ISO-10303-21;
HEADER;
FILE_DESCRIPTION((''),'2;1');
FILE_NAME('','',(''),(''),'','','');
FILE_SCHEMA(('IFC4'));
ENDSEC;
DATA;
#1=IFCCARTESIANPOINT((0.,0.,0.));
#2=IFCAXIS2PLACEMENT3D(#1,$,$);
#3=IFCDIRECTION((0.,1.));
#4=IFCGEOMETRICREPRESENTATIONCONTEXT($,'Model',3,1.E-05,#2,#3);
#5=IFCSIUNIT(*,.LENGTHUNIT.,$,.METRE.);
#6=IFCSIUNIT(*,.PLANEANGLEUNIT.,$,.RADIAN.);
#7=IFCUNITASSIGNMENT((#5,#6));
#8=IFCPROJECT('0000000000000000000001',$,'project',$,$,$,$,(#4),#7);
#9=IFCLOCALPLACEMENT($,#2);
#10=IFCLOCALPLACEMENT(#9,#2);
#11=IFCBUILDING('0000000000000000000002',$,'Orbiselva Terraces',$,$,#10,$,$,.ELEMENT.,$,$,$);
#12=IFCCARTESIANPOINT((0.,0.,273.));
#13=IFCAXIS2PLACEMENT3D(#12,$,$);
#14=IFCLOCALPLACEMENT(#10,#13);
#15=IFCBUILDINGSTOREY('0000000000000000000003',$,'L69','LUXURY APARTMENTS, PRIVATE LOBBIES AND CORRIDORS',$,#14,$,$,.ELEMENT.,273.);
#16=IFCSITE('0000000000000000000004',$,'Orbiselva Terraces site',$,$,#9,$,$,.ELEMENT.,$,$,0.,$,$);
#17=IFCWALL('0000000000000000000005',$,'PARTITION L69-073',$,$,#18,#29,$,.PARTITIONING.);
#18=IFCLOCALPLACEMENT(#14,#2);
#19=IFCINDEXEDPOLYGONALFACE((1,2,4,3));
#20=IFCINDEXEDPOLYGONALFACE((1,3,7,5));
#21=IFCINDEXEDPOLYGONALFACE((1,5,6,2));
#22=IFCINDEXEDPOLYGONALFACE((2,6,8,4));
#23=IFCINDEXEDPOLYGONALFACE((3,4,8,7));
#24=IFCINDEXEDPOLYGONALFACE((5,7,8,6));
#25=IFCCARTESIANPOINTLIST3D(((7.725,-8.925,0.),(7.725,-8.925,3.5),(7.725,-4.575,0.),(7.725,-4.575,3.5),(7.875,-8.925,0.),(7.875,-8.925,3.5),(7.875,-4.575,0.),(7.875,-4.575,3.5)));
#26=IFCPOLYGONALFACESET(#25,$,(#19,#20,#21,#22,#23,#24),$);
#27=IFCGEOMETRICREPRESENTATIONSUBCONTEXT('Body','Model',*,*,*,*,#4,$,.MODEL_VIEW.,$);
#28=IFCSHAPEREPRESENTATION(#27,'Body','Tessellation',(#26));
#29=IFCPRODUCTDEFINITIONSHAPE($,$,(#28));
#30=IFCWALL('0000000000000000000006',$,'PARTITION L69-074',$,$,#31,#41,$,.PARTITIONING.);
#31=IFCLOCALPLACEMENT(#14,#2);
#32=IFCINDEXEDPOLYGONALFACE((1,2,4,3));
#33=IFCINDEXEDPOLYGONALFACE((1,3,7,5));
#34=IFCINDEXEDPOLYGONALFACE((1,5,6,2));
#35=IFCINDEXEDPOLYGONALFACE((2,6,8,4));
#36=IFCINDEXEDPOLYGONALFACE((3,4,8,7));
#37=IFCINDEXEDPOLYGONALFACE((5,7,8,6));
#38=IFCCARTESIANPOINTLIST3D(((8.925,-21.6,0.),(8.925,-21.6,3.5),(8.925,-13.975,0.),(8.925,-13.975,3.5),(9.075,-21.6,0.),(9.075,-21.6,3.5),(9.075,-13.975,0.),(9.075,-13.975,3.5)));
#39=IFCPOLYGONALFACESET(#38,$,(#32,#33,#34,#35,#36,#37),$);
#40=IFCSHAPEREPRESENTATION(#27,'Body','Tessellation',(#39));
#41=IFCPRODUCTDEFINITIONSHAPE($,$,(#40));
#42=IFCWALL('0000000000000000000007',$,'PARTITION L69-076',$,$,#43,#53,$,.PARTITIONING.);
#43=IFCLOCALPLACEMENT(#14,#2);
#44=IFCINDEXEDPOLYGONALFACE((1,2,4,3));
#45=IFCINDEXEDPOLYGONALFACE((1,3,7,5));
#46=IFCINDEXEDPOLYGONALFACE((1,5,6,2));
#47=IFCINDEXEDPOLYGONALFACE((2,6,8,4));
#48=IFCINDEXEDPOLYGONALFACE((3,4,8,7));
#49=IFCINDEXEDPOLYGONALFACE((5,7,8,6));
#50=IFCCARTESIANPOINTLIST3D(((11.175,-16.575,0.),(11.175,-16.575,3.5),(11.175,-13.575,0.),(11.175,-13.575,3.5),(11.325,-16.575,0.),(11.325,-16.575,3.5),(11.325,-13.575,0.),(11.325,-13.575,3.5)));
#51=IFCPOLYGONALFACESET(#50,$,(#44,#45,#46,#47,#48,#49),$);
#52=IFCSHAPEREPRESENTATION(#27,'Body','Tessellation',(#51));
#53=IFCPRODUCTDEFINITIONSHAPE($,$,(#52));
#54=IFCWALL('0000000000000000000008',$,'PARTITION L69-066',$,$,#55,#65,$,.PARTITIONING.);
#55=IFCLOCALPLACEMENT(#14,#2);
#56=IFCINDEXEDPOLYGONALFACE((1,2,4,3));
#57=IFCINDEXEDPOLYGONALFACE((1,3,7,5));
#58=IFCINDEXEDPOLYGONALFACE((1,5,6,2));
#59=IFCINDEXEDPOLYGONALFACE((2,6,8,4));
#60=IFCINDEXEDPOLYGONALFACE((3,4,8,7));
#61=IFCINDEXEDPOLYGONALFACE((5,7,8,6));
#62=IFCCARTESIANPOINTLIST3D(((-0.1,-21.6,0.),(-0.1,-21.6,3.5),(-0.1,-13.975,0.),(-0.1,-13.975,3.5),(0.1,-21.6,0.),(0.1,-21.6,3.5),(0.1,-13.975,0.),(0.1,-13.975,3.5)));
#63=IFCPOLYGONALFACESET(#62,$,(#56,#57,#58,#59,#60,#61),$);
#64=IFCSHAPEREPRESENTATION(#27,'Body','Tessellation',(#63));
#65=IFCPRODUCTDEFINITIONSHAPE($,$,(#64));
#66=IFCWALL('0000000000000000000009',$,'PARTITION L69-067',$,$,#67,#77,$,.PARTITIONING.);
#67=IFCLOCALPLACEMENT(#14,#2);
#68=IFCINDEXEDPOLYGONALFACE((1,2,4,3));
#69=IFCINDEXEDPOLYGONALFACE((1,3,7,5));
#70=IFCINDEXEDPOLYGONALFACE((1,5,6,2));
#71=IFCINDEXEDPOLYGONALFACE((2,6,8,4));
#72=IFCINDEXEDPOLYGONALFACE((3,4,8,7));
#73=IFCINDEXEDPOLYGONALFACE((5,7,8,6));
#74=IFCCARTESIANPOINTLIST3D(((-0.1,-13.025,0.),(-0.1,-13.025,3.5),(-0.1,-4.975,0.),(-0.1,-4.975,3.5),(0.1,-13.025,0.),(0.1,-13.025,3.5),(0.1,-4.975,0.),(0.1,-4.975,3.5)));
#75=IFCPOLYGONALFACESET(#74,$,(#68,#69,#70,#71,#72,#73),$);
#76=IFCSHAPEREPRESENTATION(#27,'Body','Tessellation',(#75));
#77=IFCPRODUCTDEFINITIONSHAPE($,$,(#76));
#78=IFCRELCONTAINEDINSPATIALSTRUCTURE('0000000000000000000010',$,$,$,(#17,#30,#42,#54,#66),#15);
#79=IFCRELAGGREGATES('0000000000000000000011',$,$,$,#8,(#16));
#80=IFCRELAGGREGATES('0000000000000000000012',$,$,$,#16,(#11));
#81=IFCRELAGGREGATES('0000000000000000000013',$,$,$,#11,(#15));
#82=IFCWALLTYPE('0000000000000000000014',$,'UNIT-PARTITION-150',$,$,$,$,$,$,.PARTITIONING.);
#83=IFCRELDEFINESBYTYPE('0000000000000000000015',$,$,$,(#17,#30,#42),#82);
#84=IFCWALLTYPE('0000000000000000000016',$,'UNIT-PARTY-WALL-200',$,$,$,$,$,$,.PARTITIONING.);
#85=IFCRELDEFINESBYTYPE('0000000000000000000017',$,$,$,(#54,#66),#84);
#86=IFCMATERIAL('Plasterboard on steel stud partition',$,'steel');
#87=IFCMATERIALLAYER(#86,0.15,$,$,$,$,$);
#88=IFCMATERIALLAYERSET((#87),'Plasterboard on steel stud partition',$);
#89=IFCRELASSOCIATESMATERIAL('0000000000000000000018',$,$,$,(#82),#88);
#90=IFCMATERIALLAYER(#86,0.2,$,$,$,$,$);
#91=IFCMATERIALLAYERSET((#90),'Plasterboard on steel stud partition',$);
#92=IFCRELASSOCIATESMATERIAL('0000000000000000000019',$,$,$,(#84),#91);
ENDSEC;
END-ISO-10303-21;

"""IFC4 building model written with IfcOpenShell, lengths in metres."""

from ifc_helpers import new_model, si_unit, direction, frame, frame_2d, origin, place, context, subcontext, project, spatial, rectangle, extrude, material, layer, layer_set, type_object, element, save


model = new_model("IFC4")

# Units and contexts
model_context = context("Model", 3, precision=1e-05, world=origin(), true_north=direction((0.0, 1.0)))
body_context = subcontext(model_context, "Body", "Model", "MODEL_VIEW")
ifc_project = project(units=[si_unit("LENGTHUNIT", "METRE"), si_unit("PLANEANGLEUNIT", "RADIAN")], contexts=[model_context])

# Site, building, storey
site_placement = place(None, origin())
site = spatial("IfcSite", under=ifc_project, at=site_placement, Name="Orbiselva Terraces site", CompositionType="ELEMENT", RefElevation=0.0)
building_placement = place(site_placement, origin())
building = spatial("IfcBuilding", under=site, at=building_placement, Name="Orbiselva Terraces", CompositionType="ELEMENT")
storey_placement = place(building_placement, frame((0.0, 0.0, 273.0)))
storey = spatial("IfcBuildingStorey", under=building, at=storey_placement, Name="L69", Description="LUXURY APARTMENTS, PRIVATE LOBBIES AND CORRIDORS", CompositionType="ELEMENT", Elevation=273.0)

# Shared definitions
ifc_material_1 = material(Name="Plasterboard on steel stud partition", Category="steel")
ifc_layer_1 = layer(ifc_material_1, 0.15)
ifc_layer_set_1 = layer_set([ifc_layer_1], Name="Plasterboard on steel stud partition")
wall_type_1 = type_object("IfcWallType", Name="UNIT-PARTITION-150", PredefinedType="PARTITIONING", material=ifc_layer_set_1)

# Walls
wall_1_placement = place(storey_placement, frame((7.8, -8.925, 0.0), z_axis=(0.0, 0.0, 1.0), x_axis=(0.0, 1.0, 0.0)))
element("IfcWall", 1, at=wall_1_placement, inside=storey, type_object=wall_type_1, Name="PARTITION L69-073", PredefinedType="PARTITIONING", context=body_context, shape_type="SweptSolid", body=[
    extrude(rectangle(XDim=4.35, YDim=0.15, at=frame_2d((2.175, 0.0))), origin(), (0.0, 0.0, 1.0), 3.5),
])
wall_2_placement = place(storey_placement, frame((9.0, -21.6, 0.0), z_axis=(0.0, 0.0, 1.0), x_axis=(0.0, 1.0, 0.0)))
element("IfcWall", 2, at=wall_2_placement, inside=storey, type_object=wall_type_1, Name="PARTITION L69-074", PredefinedType="PARTITIONING", context=body_context, shape_type="SweptSolid", body=[
    extrude(rectangle(XDim=7.625, YDim=0.15, at=frame_2d((3.8125, 0.0))), origin(), (0.0, 0.0, 1.0), 3.5),
])
wall_3_placement = place(storey_placement, frame((11.25, -16.575, 0.0), z_axis=(0.0, 0.0, 1.0), x_axis=(0.0, 1.0, 0.0)))
element("IfcWall", 3, at=wall_3_placement, inside=storey, type_object=wall_type_1, Name="PARTITION L69-076", PredefinedType="PARTITIONING", context=body_context, shape_type="SweptSolid", body=[
    extrude(rectangle(XDim=3.0, YDim=0.15, at=frame_2d((1.5, 0.0))), origin(), (0.0, 0.0, 1.0), 3.5),
])
ifc_layer_2 = layer(ifc_material_1, 0.2)
ifc_layer_set_2 = layer_set([ifc_layer_2], Name="Plasterboard on steel stud partition")
wall_type_2 = type_object("IfcWallType", Name="UNIT-PARTY-WALL-200", PredefinedType="PARTITIONING", material=ifc_layer_set_2)
wall_4_placement = place(storey_placement, frame((0.0, -21.6, 0.0), z_axis=(0.0, 0.0, 1.0), x_axis=(0.0, 1.0, 0.0)))
element("IfcWall", 4, at=wall_4_placement, inside=storey, type_object=wall_type_2, Name="PARTITION L69-066", PredefinedType="PARTITIONING", context=body_context, shape_type="SweptSolid", body=[
    extrude(rectangle(XDim=7.625, YDim=0.2, at=frame_2d((3.8125, 0.0))), origin(), (0.0, 0.0, 1.0), 3.5),
])
wall_5_placement = place(storey_placement, frame((0.0, -13.025, 0.0), z_axis=(0.0, 0.0, 1.0), x_axis=(0.0, 1.0, 0.0)))
element("IfcWall", 5, at=wall_5_placement, inside=storey, type_object=wall_type_2, Name="PARTITION L69-067", PredefinedType="PARTITIONING", context=body_context, shape_type="SweptSolid", body=[
    extrude(rectangle(XDim=8.05, YDim=0.2, at=frame_2d((4.025, 0.0))), origin(), (0.0, 0.0, 1.0), 3.5),
])

save(model, "model.ifc")
